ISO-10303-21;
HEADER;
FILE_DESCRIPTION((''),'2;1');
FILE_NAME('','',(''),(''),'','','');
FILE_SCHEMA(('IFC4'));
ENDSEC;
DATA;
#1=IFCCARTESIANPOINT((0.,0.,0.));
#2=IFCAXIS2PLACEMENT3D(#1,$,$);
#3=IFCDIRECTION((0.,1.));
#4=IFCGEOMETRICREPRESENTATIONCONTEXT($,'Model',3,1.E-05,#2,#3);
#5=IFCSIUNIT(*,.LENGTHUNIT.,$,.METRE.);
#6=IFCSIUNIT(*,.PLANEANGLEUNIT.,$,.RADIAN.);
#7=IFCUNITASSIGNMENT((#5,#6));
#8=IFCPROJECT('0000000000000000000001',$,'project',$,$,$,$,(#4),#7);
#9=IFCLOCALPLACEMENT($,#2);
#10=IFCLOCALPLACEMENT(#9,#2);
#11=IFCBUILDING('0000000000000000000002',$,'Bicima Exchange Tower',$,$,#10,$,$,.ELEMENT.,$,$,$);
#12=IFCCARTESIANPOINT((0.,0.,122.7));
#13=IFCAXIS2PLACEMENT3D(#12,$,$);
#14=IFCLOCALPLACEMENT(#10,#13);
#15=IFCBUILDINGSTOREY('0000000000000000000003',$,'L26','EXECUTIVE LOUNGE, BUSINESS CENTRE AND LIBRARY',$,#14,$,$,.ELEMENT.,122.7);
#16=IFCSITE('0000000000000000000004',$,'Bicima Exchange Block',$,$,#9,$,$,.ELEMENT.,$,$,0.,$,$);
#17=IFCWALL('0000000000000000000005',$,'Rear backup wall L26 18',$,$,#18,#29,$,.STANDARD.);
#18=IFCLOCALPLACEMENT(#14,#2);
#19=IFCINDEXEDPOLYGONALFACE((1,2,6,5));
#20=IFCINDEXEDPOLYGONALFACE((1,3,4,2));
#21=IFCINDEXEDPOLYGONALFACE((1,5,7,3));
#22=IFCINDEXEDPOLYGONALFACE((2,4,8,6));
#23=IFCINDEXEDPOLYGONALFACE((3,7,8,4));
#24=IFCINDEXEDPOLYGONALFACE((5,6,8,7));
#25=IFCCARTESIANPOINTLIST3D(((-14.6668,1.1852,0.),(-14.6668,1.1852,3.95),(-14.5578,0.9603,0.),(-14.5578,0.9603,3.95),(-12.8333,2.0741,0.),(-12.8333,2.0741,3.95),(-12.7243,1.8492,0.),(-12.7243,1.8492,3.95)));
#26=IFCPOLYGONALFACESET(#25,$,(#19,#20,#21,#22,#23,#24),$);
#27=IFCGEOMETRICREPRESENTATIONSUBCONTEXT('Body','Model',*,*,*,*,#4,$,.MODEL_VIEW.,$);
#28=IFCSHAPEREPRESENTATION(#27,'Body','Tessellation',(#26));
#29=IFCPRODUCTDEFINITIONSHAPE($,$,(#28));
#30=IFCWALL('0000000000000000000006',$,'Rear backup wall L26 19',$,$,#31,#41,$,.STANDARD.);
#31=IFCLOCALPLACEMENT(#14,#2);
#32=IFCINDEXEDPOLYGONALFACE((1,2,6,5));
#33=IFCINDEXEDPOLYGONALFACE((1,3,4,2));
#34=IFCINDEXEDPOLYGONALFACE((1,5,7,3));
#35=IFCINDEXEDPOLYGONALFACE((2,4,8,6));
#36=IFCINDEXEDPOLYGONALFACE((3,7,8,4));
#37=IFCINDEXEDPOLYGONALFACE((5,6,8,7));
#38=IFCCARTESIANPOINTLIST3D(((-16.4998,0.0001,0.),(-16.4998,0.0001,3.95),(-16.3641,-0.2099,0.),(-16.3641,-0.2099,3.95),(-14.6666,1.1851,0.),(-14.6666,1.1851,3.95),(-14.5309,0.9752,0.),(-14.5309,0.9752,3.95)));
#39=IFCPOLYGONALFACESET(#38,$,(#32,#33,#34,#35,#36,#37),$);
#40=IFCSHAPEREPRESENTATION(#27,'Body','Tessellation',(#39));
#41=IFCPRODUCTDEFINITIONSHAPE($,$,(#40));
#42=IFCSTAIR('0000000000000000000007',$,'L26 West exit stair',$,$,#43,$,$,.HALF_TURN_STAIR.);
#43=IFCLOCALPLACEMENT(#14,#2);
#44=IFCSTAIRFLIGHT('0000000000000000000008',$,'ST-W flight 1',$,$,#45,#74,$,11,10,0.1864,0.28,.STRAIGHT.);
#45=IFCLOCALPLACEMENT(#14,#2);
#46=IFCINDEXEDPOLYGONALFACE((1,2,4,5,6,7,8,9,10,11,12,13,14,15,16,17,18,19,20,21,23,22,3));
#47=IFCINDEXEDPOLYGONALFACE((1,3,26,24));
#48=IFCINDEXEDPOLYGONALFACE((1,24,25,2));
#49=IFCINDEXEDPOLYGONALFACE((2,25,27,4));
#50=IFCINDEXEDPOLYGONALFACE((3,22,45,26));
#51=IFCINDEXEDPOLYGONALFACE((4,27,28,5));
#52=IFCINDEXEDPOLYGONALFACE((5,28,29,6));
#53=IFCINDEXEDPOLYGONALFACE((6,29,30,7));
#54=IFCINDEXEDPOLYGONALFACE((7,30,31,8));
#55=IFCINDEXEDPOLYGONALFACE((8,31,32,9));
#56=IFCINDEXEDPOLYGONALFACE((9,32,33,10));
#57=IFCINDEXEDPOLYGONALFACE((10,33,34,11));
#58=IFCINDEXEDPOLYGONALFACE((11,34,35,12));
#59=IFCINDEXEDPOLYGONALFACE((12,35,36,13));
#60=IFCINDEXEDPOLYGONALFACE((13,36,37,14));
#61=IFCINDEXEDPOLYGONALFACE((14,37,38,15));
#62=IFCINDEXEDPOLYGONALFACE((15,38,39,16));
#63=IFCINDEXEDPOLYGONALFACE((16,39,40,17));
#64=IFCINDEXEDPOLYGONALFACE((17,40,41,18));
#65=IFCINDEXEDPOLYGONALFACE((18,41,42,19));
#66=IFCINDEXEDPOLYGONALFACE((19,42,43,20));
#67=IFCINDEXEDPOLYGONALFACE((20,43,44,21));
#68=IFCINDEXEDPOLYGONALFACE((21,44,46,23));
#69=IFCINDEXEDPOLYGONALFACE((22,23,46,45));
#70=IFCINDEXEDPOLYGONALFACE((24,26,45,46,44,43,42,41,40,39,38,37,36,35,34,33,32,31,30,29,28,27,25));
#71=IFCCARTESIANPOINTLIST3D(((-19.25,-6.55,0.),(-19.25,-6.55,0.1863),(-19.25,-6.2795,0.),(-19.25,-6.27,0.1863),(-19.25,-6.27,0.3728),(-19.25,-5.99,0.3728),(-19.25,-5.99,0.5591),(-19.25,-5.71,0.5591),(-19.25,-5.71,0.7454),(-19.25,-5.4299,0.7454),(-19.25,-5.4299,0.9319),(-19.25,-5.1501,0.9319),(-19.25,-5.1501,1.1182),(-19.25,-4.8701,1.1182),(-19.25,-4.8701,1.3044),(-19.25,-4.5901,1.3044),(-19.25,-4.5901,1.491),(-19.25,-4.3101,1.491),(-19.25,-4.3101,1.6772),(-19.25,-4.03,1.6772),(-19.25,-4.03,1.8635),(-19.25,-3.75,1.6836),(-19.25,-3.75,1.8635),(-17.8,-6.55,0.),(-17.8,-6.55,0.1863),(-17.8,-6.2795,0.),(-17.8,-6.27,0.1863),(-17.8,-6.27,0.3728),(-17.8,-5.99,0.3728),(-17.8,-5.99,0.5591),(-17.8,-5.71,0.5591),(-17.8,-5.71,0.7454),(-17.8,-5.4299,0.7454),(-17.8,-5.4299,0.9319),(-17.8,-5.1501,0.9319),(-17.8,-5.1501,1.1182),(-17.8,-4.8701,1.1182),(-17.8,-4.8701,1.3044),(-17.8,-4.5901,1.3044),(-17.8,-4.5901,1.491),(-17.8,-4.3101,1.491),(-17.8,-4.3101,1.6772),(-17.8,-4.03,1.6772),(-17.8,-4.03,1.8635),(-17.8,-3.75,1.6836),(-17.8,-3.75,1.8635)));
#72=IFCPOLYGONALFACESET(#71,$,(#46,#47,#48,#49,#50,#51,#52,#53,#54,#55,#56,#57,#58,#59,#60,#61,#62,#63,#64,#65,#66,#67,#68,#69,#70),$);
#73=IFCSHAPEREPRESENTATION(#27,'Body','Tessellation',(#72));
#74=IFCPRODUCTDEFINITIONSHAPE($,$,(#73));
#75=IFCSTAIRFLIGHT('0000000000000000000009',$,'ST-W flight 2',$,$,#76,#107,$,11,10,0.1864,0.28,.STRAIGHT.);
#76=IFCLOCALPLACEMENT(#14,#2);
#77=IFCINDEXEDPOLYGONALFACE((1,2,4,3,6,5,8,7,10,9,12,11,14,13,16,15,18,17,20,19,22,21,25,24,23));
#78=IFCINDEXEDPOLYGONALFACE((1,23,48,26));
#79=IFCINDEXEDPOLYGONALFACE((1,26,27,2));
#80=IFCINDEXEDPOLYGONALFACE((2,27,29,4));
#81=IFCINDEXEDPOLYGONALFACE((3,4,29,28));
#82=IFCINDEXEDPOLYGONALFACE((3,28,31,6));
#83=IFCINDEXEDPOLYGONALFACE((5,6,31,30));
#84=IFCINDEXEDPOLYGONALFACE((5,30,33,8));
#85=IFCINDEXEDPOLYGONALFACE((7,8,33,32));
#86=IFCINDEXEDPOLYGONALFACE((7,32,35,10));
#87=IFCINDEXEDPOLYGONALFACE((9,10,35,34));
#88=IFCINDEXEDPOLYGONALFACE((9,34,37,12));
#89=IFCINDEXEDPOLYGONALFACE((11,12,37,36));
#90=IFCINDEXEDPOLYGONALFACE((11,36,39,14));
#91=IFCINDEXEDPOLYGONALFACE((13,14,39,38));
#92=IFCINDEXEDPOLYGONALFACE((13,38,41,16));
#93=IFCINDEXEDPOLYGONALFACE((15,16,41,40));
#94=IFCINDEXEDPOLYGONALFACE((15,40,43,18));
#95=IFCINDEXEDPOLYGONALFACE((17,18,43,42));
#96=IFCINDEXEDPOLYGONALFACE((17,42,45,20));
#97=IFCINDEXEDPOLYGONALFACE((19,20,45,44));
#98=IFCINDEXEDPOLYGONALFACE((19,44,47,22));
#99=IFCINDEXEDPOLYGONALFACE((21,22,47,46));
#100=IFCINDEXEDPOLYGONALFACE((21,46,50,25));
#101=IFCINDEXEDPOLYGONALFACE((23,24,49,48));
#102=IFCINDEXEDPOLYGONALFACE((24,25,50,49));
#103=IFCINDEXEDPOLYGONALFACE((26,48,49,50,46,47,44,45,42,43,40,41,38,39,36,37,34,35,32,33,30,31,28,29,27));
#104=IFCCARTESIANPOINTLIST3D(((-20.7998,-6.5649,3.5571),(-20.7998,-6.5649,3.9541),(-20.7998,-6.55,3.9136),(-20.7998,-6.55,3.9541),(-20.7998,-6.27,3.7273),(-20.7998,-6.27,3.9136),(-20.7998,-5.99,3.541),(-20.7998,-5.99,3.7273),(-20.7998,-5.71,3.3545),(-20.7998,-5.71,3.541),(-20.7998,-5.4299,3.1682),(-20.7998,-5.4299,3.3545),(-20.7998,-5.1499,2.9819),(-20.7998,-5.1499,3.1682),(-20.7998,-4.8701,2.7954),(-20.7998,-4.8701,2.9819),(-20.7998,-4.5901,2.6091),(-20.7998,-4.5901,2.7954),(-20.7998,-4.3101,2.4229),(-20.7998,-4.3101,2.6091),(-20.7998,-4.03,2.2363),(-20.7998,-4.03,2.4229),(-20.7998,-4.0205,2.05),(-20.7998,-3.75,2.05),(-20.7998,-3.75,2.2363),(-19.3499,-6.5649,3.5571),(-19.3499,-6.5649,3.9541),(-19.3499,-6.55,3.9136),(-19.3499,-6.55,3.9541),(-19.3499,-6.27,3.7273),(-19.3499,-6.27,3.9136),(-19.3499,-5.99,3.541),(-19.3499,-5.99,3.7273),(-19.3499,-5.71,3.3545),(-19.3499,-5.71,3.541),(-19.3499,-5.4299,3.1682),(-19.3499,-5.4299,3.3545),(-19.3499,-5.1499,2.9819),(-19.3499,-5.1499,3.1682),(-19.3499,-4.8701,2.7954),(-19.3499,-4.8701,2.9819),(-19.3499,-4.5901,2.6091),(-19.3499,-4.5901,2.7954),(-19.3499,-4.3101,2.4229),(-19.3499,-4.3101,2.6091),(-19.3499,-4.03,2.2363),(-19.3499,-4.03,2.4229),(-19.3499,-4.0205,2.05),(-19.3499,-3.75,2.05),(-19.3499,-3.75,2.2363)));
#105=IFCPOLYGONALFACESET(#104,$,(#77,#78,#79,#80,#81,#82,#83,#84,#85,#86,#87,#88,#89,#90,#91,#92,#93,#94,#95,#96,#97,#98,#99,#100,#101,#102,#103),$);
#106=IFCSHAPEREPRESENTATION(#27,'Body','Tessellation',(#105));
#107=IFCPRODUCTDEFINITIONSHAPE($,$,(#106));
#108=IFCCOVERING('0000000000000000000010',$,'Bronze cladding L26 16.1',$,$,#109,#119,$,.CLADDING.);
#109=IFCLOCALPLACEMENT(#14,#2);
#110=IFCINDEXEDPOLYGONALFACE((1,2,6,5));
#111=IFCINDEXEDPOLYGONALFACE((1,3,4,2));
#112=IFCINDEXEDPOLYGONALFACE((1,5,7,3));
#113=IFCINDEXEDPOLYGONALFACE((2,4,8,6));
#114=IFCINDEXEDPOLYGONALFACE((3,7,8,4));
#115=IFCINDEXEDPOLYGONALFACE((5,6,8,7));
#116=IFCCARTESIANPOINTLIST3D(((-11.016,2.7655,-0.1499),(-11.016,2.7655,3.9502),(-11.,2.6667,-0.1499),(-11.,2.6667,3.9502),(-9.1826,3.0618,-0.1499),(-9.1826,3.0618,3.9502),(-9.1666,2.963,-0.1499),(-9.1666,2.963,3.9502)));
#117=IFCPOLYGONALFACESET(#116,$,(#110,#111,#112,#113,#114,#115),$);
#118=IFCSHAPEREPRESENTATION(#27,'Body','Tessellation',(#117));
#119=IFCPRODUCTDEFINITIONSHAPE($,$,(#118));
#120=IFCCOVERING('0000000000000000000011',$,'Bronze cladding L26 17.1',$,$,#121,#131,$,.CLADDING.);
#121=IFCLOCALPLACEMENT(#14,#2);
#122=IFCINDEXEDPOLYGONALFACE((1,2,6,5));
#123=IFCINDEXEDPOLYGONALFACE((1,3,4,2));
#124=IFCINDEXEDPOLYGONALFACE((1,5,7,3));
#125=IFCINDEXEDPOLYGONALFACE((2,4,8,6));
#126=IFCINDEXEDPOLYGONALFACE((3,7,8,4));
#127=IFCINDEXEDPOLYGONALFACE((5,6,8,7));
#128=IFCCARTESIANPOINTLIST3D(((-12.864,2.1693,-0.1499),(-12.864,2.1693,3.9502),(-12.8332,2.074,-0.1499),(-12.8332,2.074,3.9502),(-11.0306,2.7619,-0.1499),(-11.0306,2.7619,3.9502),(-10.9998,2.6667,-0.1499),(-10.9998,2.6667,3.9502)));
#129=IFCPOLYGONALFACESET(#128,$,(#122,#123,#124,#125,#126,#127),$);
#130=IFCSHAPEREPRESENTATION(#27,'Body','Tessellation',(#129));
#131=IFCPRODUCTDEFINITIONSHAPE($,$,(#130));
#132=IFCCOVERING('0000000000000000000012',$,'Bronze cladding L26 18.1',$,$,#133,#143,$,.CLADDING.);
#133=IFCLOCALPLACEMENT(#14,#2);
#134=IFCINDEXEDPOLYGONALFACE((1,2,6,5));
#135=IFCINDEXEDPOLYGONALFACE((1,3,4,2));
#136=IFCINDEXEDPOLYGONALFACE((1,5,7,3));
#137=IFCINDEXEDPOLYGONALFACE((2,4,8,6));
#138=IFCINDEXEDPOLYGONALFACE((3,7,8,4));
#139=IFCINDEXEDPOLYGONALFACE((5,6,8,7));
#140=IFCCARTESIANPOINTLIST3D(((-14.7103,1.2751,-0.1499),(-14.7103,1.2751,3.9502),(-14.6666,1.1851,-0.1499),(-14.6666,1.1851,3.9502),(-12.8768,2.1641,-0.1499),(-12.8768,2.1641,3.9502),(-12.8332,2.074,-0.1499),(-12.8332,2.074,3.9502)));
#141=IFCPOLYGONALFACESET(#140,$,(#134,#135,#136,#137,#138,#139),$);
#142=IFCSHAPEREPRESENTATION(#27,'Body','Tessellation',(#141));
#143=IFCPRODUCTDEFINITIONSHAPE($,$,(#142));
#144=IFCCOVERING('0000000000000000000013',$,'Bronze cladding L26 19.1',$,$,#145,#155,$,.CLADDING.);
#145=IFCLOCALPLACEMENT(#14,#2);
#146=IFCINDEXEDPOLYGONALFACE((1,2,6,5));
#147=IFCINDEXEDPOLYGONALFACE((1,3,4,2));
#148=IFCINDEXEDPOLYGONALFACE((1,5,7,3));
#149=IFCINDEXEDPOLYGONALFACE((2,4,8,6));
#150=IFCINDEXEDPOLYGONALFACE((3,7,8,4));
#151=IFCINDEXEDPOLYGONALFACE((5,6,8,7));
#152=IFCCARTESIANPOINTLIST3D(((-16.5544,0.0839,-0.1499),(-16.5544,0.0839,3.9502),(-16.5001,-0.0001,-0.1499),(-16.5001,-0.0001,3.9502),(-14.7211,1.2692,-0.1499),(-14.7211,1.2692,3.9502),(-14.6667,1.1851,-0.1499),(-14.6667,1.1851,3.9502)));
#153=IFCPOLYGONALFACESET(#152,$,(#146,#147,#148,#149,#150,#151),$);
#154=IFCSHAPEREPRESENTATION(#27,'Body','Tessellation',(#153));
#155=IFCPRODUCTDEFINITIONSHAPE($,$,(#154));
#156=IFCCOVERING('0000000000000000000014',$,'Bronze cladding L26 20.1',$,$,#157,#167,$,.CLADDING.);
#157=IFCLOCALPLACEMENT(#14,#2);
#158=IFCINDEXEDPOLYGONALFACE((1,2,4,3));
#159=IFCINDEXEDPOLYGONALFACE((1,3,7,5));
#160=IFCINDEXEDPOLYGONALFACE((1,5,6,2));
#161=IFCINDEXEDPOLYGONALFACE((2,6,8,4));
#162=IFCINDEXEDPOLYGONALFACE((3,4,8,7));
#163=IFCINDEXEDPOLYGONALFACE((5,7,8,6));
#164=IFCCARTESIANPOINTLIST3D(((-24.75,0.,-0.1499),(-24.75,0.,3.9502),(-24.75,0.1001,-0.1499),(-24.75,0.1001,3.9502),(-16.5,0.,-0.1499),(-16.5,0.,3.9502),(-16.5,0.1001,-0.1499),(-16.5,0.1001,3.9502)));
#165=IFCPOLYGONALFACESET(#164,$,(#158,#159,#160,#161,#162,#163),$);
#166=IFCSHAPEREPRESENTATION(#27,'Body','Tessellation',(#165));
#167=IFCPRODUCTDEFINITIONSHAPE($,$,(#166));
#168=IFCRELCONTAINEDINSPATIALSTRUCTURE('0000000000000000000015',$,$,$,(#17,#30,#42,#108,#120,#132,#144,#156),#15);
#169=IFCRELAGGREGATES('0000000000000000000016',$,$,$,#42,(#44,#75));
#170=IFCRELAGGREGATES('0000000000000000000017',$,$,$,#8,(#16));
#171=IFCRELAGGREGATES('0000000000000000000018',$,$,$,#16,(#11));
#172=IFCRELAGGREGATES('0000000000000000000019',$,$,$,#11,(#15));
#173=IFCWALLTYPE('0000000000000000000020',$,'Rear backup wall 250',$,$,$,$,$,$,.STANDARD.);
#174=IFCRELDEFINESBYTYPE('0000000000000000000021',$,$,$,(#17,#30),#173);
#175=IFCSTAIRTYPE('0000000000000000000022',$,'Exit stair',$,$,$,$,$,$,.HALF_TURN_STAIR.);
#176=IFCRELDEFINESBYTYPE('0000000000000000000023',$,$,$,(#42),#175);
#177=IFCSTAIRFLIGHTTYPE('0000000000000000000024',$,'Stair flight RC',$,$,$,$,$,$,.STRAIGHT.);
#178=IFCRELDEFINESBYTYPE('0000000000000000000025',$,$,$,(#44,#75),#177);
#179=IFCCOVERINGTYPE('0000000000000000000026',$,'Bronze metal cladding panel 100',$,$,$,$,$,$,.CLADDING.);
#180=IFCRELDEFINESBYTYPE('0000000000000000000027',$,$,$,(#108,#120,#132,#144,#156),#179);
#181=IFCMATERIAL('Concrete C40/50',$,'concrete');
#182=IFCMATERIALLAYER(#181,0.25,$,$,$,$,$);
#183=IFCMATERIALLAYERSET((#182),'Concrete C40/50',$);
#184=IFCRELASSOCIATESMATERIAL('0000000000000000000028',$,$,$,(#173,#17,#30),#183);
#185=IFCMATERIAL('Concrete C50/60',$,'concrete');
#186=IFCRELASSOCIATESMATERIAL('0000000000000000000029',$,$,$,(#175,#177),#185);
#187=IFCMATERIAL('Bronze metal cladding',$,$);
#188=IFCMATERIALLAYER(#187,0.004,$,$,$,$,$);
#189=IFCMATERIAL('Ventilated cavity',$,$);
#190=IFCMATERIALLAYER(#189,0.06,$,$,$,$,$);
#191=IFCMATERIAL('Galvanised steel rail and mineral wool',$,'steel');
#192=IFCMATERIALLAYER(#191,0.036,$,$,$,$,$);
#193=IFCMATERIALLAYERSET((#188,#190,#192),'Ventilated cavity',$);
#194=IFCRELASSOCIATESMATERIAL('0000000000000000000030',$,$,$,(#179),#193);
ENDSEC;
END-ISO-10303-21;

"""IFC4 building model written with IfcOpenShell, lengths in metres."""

from ifc_helpers import new_model, si_unit, direction, frame, frame_2d, origin, origin_2d, place, context, subcontext, project, spatial, polyline, rectangle, outline, extrude, material, layer, layer_set, layer_usage, type_object, element, aggregate, save


model = new_model("IFC4")

# Units and contexts
model_context = context("Model", 3, precision=1e-05, world=origin(), true_north=direction((0.0, 1.0)))
body_context = subcontext(model_context, "Body", "Model", "MODEL_VIEW")
ifc_project = project(units=[si_unit("LENGTHUNIT", "METRE"), si_unit("PLANEANGLEUNIT", "RADIAN")], contexts=[model_context])

# Site, building, storey
site_placement = place(None, origin())
site = spatial("IfcSite", under=ifc_project, at=site_placement, Name="Bicima Exchange Block", CompositionType="ELEMENT", RefElevation=0.0)
building_placement = place(site_placement, origin())
building = spatial("IfcBuilding", under=site, at=building_placement, Name="Bicima Exchange Tower", CompositionType="ELEMENT")
storey_placement = place(building_placement, frame((0.0, 0.0, 122.7)))
storey = spatial("IfcBuildingStorey", under=building, at=storey_placement, Name="L26", Description="EXECUTIVE LOUNGE, BUSINESS CENTRE AND LIBRARY", CompositionType="ELEMENT", Elevation=122.7)

# Shared definitions
ifc_material_1 = material(Name="Concrete C50/60", Category="concrete")

# Walls
ifc_material_2 = material(Name="Concrete C40/50", Category="concrete")
ifc_layer_1 = layer(ifc_material_2, 0.25)
ifc_layer_set_1 = layer_set([ifc_layer_1], Name="Concrete C40/50")
ifc_layer_usage = layer_usage(ifc_layer_set_1, "AXIS2", "POSITIVE", -0.125)
wall_type_1 = type_object("IfcWallType", Name="Rear backup wall 250", PredefinedType="STANDARD", material=ifc_layer_set_1)
wall_1_placement = place(storey_placement, frame((-12.7788, 1.9617, 0.0), z_axis=(0.0, 0.0, 1.0), x_axis=(-0.899824, -0.436253, 0.0)))
element("IfcWall", 1, at=wall_1_placement, inside=storey, type_object=wall_type_1, material=ifc_layer_usage, Name="Rear backup wall L26 18", PredefinedType="STANDARD", context=body_context, shape_type="SweptSolid", body=[
    extrude(rectangle(XDim=2.0376, YDim=0.25, at=frame_2d((1.0188, 0.0))), origin(), (0.0, 0.0, 1.0), 3.95),
])
wall_2_placement = place(storey_placement, frame((-14.5989, 1.0801, 0.0), z_axis=(0.0, 0.0, 1.0), x_axis=(-0.839813, -0.542876, 0.0)))
element("IfcWall", 2, at=wall_2_placement, inside=storey, type_object=wall_type_1, material=ifc_layer_usage, Name="Rear backup wall L26 19", PredefinedType="STANDARD", context=body_context, shape_type="SweptSolid", body=[
    extrude(rectangle(XDim=2.1829, YDim=0.25, at=frame_2d((1.0913, 0.0))), origin(), (0.0, 0.0, 1.0), 3.95),
])

# Stair, stair flights
stair_type = type_object("IfcStairType", Name="Exit stair", PredefinedType="HALF_TURN_STAIR", material=ifc_material_1)
stair_placement = place(storey_placement, origin())
stair = element("IfcStair", 3, at=stair_placement, inside=storey, type_object=stair_type, Name="L26 West exit stair", PredefinedType="HALF_TURN_STAIR")
stair_flight_type = type_object("IfcStairFlightType", Name="Stair flight RC", PredefinedType="STRAIGHT", material=ifc_material_1)
stair_flight_1_placement = place(storey_placement, frame((-18.5249, -6.55, 0.0), z_axis=(0.0, 0.0, 1.0), x_axis=(0.0, 1.0, 0.0)))
stair_flight_1 = element("IfcStairFlight", 4, at=stair_flight_1_placement, type_object=stair_flight_type, Name="ST-W flight 1", NumberOfRisers=11, NumberOfTreads=10, PredefinedType="STRAIGHT", RiserHeight=0.1864, TreadLength=0.28, context=body_context, shape_type="SweptSolid", body=[
    extrude(outline(polyline([(0.0, 0.0), (0.0, 0.1863), (0.28, 0.1863), (0.28, 0.3728), (0.5601, 0.3728), (0.5601, 0.5591), (0.8401, 0.5591), (0.8401, 0.7454), (1.1201, 0.7454), (1.1201, 0.9319), (1.3999, 0.9319), (1.3999, 1.1182), (1.6799, 1.1182), (1.6799, 1.3044), (1.96, 1.3044), (1.96, 1.491), (2.24, 1.491), (2.24, 1.6772), (2.52, 1.6772), (2.52, 1.8635), (2.8, 1.8635), (2.8, 2.05), (2.8, 1.6836), (0.2705, 0.0), (0.0, 0.0)])), frame((0.0, 0.7251, 0.0), z_axis=(0.0, -1.0, 0.0), x_axis=(1.0, 0.0, 0.0)), (0.0, 0.0, 1.0), 1.45),
])
stair_flight_2_placement = place(storey_placement, frame((-20.075, -3.75, 2.05), z_axis=(0.0, 0.0, 1.0), x_axis=(0.0, -1.0, 0.0)))
stair_flight_2 = element("IfcStairFlight", 5, at=stair_flight_2_placement, type_object=stair_flight_type, Name="ST-W flight 2", NumberOfRisers=11, NumberOfTreads=10, PredefinedType="STRAIGHT", RiserHeight=0.1864, TreadLength=0.28, context=body_context, shape_type="SweptSolid", body=[
    extrude(outline(polyline([(0.0, 0.0), (0.0, 0.1863), (0.28, 0.1863), (0.28, 0.3728), (0.5601, 0.3728), (0.5601, 0.5591), (0.8401, 0.5591), (0.8401, 0.7454), (1.1201, 0.7454), (1.1201, 0.9319), (1.3999, 0.9319), (1.3999, 1.1182), (1.6799, 1.1182), (1.6799, 1.3044), (1.96, 1.3044), (1.96, 1.491), (2.24, 1.491), (2.24, 1.6772), (2.52, 1.6772), (2.52, 1.8635), (2.8, 1.8635), (2.8, 1.9041), (2.8149, 1.9041), (2.8149, 1.5071), (0.2705, 0.0), (0.0, 0.0)])), frame((0.0, 0.7251, 0.0), z_axis=(0.0, -1.0, 0.0), x_axis=(1.0, 0.0, 0.0)), (0.0, 0.0, 1.0), 1.45),
])
aggregate(stair, [stair_flight_1, stair_flight_2])

# Coverings
ifc_material_3 = material(Name="Bronze metal cladding")
ifc_layer_2 = layer(ifc_material_3, 0.004)
ifc_material_4 = material(Name="Ventilated cavity")
ifc_layer_3 = layer(ifc_material_4, 0.06)
ifc_material_5 = material(Name="Galvanised steel rail and mineral wool", Category="steel")
ifc_layer_4 = layer(ifc_material_5, 0.036)
ifc_layer_set_2 = layer_set([ifc_layer_2, ifc_layer_3, ifc_layer_4], Name="Ventilated cavity")
covering_type = type_object("IfcCoveringType", Name="Bronze metal cladding panel 100", PredefinedType="CLADDING", material=ifc_layer_set_2)
covering_1_placement = place(storey_placement, frame((-10.0913, 2.8643, -0.1499), z_axis=(0.0, 0.0, 1.0), x_axis=(-0.98719, -0.15955, 0.0)))
element("IfcCovering", 6, at=covering_1_placement, inside=storey, type_object=covering_type, Name="Bronze cladding L26 16.1", PredefinedType="CLADDING", context=body_context, shape_type="SweptSolid", body=[
    extrude(rectangle(XDim=1.8572, YDim=0.1001, at=origin_2d()), origin(), (0.0, 0.0, 1.0), 4.1001),
])
covering_2_placement = place(storey_placement, frame((-11.9319, 2.418, -0.1499), z_axis=(0.0, 0.0, 1.0), x_axis=(-0.951525, -0.307573, 0.0)))
element("IfcCovering", 7, at=covering_2_placement, inside=storey, type_object=covering_type, Name="Bronze cladding L26 17.1", PredefinedType="CLADDING", context=body_context, shape_type="SweptSolid", body=[
    extrude(rectangle(XDim=1.9268, YDim=0.1001, at=origin_2d()), origin(), (0.0, 0.0, 1.0), 4.1001),
])
covering_3_placement = place(storey_placement, frame((-13.7717, 1.6746, -0.1499), z_axis=(0.0, 0.0, 1.0), x_axis=(-0.899818, -0.436265, 0.0)))
element("IfcCovering", 8, at=covering_3_placement, inside=storey, type_object=covering_type, Name="Bronze cladding L26 18.1", PredefinedType="CLADDING", context=body_context, shape_type="SweptSolid", body=[
    extrude(rectangle(XDim=2.0376, YDim=0.1001, at=origin_2d()), origin(), (0.0, 0.0, 1.0), 4.1001),
])
covering_4_placement = place(storey_placement, frame((-15.6106, 0.6345, -0.1499), z_axis=(0.0, 0.0, 1.0), x_axis=(-0.83979, -0.542911, 0.0)))
element("IfcCovering", 9, at=covering_4_placement, inside=storey, type_object=covering_type, Name="Bronze cladding L26 19.1", PredefinedType="CLADDING", context=body_context, shape_type="SweptSolid", body=[
    extrude(rectangle(XDim=2.1831, YDim=0.1001, at=origin_2d()), origin(), (0.0, 0.0, 1.0), 4.1001),
])
covering_5_placement = place(storey_placement, frame((-20.625, 0.05, -0.1499), z_axis=(0.0, 0.0, 1.0), x_axis=(-1.0, 0.0, 0.0)))
element("IfcCovering", 10, at=covering_5_placement, inside=storey, type_object=covering_type, Name="Bronze cladding L26 20.1", PredefinedType="CLADDING", context=body_context, shape_type="SweptSolid", body=[
    extrude(rectangle(XDim=8.25, YDim=0.1001, at=origin_2d()), origin(), (0.0, 0.0, 1.0), 4.1001),
])

save(model, "model.ifc")
